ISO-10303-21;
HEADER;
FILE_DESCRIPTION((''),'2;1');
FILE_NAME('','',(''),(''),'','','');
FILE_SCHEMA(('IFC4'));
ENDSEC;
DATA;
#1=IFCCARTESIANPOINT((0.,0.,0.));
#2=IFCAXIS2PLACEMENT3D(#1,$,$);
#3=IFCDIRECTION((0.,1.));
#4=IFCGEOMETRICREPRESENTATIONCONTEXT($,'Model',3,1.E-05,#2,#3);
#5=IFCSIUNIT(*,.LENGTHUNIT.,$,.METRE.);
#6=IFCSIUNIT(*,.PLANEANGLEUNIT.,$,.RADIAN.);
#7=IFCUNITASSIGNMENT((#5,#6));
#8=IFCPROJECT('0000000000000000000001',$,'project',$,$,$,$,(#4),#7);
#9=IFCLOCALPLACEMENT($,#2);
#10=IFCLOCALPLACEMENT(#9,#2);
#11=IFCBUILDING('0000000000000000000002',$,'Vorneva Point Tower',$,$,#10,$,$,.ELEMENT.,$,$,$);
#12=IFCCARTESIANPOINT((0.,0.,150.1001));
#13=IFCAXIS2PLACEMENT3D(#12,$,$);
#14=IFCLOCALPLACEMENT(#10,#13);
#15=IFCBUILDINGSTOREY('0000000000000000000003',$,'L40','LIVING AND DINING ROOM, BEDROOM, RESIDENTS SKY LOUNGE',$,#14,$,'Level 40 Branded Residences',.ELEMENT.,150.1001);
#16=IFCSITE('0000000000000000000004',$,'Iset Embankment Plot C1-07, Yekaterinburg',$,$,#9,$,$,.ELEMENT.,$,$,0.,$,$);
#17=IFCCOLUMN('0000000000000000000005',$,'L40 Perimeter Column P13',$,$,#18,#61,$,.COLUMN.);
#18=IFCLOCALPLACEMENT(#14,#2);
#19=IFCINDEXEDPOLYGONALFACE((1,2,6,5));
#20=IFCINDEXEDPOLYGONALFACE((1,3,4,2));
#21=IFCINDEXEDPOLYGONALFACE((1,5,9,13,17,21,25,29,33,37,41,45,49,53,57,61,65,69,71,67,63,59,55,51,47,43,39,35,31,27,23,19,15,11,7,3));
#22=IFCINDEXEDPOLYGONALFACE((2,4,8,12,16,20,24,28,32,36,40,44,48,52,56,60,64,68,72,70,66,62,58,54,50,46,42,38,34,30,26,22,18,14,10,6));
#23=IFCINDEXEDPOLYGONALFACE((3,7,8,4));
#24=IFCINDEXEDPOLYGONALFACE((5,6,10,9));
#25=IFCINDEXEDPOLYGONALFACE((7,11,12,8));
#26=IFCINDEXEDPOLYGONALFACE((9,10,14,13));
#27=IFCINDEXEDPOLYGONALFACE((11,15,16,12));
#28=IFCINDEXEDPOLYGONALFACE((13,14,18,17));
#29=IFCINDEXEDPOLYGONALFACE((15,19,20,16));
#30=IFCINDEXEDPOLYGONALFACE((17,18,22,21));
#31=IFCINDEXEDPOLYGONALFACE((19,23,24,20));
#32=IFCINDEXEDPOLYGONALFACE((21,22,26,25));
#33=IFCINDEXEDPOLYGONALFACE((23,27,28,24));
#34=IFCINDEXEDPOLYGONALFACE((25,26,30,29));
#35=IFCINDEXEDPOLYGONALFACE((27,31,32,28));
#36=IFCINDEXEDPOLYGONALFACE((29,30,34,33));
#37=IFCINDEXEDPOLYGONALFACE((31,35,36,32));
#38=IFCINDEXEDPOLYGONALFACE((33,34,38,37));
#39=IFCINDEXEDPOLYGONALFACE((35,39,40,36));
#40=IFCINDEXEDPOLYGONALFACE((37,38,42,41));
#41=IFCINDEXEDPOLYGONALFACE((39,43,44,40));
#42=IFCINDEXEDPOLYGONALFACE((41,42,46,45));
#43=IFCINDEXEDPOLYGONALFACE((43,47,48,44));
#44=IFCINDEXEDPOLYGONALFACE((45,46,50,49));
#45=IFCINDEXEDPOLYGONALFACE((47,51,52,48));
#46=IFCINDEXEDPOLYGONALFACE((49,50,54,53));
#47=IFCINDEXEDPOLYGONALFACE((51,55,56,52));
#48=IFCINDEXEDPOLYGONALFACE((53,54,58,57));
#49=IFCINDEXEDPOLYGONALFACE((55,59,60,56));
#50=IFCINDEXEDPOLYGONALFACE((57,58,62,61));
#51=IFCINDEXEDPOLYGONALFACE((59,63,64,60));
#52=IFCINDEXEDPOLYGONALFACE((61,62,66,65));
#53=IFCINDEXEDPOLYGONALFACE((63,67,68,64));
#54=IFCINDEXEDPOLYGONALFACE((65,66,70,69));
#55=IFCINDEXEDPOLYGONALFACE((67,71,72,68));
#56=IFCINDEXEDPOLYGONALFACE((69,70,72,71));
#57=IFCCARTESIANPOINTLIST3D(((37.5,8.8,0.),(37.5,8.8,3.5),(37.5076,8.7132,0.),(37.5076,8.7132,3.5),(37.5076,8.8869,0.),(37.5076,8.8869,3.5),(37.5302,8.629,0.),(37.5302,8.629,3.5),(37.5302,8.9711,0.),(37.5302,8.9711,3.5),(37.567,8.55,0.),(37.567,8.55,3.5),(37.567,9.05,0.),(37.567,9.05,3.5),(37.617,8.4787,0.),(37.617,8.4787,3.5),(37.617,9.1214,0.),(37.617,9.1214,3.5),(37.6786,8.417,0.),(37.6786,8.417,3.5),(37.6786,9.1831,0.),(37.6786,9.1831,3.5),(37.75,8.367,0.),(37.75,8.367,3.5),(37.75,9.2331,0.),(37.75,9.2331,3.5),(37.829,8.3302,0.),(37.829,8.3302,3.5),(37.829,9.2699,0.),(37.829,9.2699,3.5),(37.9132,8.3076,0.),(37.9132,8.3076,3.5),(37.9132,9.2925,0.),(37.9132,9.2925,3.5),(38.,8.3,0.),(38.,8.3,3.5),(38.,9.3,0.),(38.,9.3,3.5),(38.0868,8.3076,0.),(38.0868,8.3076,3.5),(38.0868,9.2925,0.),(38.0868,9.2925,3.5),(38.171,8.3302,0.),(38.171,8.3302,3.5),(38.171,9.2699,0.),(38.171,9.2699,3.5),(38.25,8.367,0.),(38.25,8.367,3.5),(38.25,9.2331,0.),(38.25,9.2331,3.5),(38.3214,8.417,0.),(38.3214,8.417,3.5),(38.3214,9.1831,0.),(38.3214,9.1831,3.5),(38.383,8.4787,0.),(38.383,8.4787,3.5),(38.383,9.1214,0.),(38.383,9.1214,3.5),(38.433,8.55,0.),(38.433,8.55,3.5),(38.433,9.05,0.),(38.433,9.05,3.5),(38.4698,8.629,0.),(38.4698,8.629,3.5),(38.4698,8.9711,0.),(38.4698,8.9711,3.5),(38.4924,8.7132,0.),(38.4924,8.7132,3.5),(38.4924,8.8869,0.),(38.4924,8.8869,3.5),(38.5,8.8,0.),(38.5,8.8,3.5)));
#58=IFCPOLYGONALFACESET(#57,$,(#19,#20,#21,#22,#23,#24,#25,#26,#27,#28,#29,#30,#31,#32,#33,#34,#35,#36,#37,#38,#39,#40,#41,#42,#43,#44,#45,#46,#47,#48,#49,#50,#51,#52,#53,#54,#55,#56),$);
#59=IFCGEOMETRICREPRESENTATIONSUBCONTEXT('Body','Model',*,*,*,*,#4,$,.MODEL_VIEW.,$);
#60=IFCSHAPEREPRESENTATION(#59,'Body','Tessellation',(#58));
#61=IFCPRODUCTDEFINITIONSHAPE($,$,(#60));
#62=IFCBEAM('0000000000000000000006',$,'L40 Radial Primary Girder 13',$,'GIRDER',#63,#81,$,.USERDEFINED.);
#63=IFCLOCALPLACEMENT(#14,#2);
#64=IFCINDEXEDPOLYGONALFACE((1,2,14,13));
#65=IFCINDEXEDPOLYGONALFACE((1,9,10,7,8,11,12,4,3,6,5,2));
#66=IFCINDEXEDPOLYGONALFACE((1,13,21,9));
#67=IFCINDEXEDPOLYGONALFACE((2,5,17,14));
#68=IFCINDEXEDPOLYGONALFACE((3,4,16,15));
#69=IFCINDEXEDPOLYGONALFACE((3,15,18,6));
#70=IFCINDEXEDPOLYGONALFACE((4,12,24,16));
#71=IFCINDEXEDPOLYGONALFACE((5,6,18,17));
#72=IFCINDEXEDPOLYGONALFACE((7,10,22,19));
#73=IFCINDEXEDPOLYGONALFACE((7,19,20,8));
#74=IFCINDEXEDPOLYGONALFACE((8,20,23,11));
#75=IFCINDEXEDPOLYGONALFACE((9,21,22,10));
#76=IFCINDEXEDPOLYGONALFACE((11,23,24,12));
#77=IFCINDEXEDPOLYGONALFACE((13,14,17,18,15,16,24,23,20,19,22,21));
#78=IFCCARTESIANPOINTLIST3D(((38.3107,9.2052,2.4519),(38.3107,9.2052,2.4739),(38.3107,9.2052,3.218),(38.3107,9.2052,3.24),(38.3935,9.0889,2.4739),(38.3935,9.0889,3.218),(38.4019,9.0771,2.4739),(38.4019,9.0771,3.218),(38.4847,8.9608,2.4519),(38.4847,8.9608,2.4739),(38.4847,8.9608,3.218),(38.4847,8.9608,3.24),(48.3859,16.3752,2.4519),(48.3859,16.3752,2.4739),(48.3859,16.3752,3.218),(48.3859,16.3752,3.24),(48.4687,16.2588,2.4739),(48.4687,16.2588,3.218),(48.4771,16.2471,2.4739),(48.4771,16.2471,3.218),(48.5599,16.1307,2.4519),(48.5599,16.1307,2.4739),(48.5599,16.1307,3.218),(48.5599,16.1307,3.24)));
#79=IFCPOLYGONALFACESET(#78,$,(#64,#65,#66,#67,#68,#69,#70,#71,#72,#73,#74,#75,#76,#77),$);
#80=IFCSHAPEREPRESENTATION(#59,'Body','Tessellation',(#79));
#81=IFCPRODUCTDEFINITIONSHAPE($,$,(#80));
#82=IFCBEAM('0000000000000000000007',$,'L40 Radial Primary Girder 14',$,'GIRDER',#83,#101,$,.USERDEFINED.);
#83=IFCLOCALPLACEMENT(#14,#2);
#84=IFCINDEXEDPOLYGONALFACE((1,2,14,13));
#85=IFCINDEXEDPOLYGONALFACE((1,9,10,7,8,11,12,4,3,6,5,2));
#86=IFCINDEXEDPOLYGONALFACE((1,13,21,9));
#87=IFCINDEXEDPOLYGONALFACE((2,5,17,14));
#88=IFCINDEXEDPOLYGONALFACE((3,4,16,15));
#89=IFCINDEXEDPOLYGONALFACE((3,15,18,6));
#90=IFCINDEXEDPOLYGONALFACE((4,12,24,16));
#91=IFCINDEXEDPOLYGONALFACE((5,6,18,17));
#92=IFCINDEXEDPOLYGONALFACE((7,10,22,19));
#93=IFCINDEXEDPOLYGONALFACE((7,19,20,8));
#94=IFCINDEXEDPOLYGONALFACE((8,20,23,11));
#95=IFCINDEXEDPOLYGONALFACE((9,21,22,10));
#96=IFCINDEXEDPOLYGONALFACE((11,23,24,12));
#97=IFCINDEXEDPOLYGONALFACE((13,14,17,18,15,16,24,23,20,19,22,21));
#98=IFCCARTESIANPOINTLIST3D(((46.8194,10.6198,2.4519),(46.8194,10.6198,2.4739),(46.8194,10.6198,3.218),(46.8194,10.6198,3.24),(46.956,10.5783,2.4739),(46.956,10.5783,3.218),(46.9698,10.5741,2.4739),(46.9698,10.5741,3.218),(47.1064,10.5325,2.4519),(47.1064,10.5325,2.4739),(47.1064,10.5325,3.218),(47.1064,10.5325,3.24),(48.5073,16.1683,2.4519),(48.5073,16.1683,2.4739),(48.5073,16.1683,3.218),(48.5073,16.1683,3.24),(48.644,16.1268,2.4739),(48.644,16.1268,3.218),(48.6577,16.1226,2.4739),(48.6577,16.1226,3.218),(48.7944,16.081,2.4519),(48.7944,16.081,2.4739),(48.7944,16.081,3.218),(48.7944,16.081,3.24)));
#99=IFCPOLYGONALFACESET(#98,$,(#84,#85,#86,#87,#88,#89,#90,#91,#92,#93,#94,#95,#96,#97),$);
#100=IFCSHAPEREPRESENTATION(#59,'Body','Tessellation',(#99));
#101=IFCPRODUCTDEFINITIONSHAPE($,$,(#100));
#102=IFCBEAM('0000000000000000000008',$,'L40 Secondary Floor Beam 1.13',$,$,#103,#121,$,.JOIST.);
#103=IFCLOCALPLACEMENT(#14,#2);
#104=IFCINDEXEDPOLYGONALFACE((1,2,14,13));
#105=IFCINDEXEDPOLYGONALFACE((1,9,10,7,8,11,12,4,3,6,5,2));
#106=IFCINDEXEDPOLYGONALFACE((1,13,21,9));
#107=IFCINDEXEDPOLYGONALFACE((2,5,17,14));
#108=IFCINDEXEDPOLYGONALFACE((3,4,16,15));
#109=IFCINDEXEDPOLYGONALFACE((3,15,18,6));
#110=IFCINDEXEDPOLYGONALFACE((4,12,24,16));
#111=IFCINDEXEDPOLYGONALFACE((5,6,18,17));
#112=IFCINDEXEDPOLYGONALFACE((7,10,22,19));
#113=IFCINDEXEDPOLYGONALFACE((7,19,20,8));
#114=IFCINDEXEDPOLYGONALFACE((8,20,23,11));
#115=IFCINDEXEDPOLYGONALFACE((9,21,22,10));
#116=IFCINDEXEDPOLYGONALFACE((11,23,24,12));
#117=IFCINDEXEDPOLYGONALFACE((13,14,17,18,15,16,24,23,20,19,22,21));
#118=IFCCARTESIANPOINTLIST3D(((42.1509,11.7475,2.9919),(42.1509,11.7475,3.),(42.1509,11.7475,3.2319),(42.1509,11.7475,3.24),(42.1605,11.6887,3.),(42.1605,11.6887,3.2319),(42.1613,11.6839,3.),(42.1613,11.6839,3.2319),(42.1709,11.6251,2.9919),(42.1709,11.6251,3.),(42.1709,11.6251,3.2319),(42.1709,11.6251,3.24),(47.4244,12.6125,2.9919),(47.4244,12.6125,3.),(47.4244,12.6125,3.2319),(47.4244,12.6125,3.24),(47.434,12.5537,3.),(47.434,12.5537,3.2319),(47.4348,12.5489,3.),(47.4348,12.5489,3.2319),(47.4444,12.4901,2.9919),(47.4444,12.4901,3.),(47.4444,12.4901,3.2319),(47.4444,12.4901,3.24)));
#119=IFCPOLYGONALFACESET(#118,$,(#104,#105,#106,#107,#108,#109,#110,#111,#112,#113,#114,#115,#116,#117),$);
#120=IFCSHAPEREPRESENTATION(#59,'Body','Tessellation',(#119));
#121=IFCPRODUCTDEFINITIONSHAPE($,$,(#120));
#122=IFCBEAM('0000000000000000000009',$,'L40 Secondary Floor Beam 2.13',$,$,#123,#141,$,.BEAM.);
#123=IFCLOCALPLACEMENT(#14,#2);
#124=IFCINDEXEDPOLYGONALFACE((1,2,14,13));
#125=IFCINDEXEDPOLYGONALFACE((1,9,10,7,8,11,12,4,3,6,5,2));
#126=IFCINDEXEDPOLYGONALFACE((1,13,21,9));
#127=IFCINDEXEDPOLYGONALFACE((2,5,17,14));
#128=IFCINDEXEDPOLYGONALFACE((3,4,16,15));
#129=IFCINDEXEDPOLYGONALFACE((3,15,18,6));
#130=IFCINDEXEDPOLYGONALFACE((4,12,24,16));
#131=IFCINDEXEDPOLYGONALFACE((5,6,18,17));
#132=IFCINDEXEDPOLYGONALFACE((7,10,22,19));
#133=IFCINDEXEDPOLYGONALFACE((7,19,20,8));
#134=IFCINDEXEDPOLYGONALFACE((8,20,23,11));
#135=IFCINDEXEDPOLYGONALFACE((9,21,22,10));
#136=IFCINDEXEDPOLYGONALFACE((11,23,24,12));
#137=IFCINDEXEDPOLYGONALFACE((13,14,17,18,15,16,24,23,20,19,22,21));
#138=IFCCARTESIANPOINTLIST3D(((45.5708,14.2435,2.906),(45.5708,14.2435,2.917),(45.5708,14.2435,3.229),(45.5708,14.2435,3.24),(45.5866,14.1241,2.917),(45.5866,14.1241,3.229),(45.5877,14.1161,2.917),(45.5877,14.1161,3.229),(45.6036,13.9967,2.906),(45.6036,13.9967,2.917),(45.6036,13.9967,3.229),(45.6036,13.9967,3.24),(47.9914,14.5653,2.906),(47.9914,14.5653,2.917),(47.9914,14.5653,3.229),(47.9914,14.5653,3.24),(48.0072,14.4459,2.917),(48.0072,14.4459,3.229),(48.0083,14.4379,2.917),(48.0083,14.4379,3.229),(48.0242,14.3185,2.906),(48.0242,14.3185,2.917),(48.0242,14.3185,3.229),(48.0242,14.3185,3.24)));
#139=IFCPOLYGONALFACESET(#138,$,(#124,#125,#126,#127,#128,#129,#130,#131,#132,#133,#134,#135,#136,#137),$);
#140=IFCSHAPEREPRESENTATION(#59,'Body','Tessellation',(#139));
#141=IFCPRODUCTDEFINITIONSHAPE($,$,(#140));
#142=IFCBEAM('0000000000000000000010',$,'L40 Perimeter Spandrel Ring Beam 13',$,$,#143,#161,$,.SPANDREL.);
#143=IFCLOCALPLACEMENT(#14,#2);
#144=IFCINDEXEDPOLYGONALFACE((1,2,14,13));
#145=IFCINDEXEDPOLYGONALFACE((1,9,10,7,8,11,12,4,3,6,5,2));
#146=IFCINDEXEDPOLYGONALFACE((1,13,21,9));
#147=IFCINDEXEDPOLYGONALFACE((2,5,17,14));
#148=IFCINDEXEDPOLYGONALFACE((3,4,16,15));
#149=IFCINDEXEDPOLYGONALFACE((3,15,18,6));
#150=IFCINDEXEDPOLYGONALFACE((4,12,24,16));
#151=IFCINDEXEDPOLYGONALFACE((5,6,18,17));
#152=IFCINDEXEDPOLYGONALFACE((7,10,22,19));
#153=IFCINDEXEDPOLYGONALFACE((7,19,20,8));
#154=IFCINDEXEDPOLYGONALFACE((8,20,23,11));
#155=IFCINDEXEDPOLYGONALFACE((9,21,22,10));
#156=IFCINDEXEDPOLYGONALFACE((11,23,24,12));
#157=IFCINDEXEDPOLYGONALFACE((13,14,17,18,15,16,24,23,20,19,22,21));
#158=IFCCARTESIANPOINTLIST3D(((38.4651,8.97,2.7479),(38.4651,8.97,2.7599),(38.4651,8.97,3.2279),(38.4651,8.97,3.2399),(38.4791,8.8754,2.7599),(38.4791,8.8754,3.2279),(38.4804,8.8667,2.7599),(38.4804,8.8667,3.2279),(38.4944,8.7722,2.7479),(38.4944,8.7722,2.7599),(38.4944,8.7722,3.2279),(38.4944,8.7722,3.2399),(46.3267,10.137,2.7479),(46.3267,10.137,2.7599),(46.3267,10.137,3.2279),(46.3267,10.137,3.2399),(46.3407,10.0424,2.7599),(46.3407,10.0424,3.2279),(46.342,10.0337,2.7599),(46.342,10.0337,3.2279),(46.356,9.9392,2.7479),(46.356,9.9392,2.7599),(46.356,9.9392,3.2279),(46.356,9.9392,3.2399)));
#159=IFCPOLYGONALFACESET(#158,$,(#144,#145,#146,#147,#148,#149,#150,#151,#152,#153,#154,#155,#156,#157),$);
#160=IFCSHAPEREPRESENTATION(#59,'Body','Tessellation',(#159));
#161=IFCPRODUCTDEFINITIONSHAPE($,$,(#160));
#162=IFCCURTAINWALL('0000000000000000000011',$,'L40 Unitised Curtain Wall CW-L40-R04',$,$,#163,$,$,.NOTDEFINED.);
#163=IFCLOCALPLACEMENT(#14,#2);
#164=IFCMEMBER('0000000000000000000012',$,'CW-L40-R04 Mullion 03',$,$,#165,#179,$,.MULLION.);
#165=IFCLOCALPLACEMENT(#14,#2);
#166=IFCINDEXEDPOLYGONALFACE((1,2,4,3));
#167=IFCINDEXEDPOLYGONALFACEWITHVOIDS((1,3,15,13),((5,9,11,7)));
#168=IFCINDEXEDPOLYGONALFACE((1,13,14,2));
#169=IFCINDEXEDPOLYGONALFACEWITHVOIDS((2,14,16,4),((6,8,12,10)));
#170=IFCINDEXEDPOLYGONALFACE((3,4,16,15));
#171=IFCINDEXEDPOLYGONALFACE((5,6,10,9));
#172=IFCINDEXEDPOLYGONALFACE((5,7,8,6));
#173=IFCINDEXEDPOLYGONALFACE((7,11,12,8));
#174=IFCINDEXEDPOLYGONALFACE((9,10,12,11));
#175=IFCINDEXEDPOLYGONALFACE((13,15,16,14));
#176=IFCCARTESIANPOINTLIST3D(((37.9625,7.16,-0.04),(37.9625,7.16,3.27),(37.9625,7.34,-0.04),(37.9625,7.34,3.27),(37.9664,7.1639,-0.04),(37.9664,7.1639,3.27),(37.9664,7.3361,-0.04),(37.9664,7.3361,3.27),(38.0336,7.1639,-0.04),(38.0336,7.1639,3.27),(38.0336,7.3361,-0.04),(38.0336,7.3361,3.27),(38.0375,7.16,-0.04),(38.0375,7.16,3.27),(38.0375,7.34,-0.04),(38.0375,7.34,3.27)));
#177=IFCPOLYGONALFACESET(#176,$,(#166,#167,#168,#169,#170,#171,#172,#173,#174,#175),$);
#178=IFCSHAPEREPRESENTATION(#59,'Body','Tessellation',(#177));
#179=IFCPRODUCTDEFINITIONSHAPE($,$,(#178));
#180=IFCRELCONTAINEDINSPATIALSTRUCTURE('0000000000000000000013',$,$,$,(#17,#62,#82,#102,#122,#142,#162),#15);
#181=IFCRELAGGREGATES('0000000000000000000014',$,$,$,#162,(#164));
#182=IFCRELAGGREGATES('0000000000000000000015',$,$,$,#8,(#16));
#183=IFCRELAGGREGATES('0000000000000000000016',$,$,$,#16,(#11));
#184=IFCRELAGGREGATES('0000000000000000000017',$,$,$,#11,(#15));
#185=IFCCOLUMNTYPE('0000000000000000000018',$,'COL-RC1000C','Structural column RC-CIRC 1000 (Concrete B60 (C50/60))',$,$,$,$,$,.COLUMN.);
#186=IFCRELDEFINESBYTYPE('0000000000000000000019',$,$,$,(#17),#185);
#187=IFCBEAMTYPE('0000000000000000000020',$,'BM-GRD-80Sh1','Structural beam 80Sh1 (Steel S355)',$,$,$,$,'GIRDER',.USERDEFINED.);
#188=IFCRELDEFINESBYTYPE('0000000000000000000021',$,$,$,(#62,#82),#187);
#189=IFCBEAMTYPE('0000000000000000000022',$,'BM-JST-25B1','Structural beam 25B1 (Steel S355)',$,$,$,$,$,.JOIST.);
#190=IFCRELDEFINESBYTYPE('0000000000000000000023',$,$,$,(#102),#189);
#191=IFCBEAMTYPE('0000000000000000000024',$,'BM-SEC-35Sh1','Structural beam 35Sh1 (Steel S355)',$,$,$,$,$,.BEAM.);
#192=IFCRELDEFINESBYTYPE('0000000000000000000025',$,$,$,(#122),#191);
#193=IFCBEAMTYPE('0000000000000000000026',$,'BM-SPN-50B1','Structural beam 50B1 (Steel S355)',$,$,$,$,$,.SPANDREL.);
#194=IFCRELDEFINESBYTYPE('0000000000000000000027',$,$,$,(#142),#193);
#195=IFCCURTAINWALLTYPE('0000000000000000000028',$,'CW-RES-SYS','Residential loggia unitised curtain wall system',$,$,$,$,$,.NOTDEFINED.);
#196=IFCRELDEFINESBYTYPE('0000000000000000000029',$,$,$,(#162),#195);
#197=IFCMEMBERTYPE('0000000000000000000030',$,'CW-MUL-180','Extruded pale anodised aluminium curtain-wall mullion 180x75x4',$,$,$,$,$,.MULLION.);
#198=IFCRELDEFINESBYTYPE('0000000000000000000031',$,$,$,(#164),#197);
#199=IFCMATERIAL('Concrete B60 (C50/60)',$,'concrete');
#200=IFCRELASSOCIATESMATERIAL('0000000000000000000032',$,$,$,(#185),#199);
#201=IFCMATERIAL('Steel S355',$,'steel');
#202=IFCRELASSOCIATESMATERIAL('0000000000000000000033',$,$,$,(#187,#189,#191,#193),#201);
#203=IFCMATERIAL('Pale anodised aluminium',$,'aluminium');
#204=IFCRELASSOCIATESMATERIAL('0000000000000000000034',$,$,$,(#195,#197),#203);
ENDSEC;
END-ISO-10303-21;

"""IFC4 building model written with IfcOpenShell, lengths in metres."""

from ifc_helpers import new_model, si_unit, direction, frame, origin, origin_2d, place, context, subcontext, project, spatial, hollow_rectangle, circle, i_section, extrude, material, material_profile, profile_set, type_object, element, aggregate, save


model = new_model("IFC4")

# Units and contexts
model_context = context("Model", 3, precision=1e-05, world=origin(), true_north=direction((0.0, 1.0)))
body_context = subcontext(model_context, "Body", "Model", "MODEL_VIEW")
ifc_project = project(units=[si_unit("LENGTHUNIT", "METRE"), si_unit("PLANEANGLEUNIT", "RADIAN")], contexts=[model_context])

# Site, building, storey
site_placement = place(None, origin())
site = spatial("IfcSite", under=ifc_project, at=site_placement, Name="Iset Embankment Plot C1-07, Yekaterinburg", CompositionType="ELEMENT", RefElevation=0.0)
building_placement = place(site_placement, origin())
building = spatial("IfcBuilding", under=site, at=building_placement, Name="Vorneva Point Tower", CompositionType="ELEMENT")
storey_placement = place(building_placement, frame((0.0, 0.0, 150.1001)))
storey = spatial("IfcBuildingStorey", under=building, at=storey_placement, Name="L40", Description="LIVING AND DINING ROOM, BEDROOM, RESIDENTS SKY LOUNGE", LongName="Level 40 Branded Residences", CompositionType="ELEMENT", Elevation=150.1001)

# Column
ifc_material_1 = material(Name="Concrete B60 (C50/60)", Category="concrete")
ifc_material_profile_1 = material_profile(ifc_material_1, circle(Radius=0.5, at=origin_2d()), Name="RC-CIRC 1000")
ifc_profile_set_1 = profile_set([ifc_material_profile_1], Name="Concrete B60 (C50/60)")
column_type = type_object("IfcColumnType", Name="COL-RC1000C", Description="Structural column RC-CIRC 1000 (Concrete B60 (C50/60))", PredefinedType="COLUMN", material=ifc_profile_set_1)
for number, where, z_axis, x_axis, name in (
    (1, (38.0, 8.8, 0.0), (0.0, 0.0, 1.0), (0.0, -1.0, 0.0), "L40 Perimeter Column P13"),
):
    element("IfcColumn", number, at=place(storey_placement, frame(where, z_axis=z_axis, x_axis=x_axis)), inside=storey, type_object=column_type, Name=name, PredefinedType="COLUMN", context=body_context, shape_type="SweptSolid", body=[
        extrude(circle(Radius=0.5, at=origin_2d()), origin(), (0.0, 0.0, 1.0), 3.5),
    ])

# Beams
ifc_material_2 = material(Name="Steel S355", Category="steel")
ifc_material_profile_2 = material_profile(ifc_material_2, i_section(OverallWidth=0.3, OverallDepth=0.7881, WebThickness=0.0144, FlangeThickness=0.022, at=origin_2d()), Name="80Sh1")
ifc_profile_set_2 = profile_set([ifc_material_profile_2], Name="Steel S355")
beam_type_1 = type_object("IfcBeamType", Name="BM-GRD-80Sh1", Description="Structural beam 80Sh1 (Steel S355)", ElementType="GIRDER", PredefinedType="USERDEFINED", material=ifc_profile_set_2)
beam_1_placement = place(storey_placement, frame((38.3977, 9.083, 2.8459), z_axis=(0.814751, 0.57981, 0.0), x_axis=(-0.57981, 0.814751, 0.0)))
element("IfcBeam", 2, at=beam_1_placement, inside=storey, type_object=beam_type_1, Name="L40 Radial Primary Girder 13", ObjectType="GIRDER", PredefinedType="USERDEFINED", context=body_context, shape_type="SweptSolid", body=[
    extrude(i_section(OverallWidth=0.3, OverallDepth=0.7881, WebThickness=0.0144, FlangeThickness=0.022, at=origin_2d()), origin(), (0.0, 0.0, 1.0), 12.366),
])
beam_2_placement = place(storey_placement, frame((46.9629, 10.5762, 2.8459), z_axis=(0.291049, 0.956708, 0.0), x_axis=(-0.956708, 0.291049, 0.0)))
element("IfcBeam", 3, at=beam_2_placement, inside=storey, type_object=beam_type_1, Name="L40 Radial Primary Girder 14", ObjectType="GIRDER", PredefinedType="USERDEFINED", context=body_context, shape_type="SweptSolid", body=[
    extrude(i_section(OverallWidth=0.3, OverallDepth=0.7881, WebThickness=0.0144, FlangeThickness=0.022, at=origin_2d()), origin(), (0.0, 0.0, 1.0), 5.7996),
])
ifc_material_profile_3 = material_profile(ifc_material_2, i_section(OverallWidth=0.124, OverallDepth=0.248, WebThickness=0.0049, FlangeThickness=0.0081, at=origin_2d()), Name="25B1")
ifc_profile_set_3 = profile_set([ifc_material_profile_3], Name="Steel S355")
beam_type_2 = type_object("IfcBeamType", Name="BM-JST-25B1", Description="Structural beam 25B1 (Steel S355)", PredefinedType="JOIST", material=ifc_profile_set_3)
beam_3_placement = place(storey_placement, frame((42.1609, 11.6863, 3.116), z_axis=(0.986813, 0.161865, 0.0), x_axis=(-0.161865, 0.986813, 0.0)))
element("IfcBeam", 4, at=beam_3_placement, inside=storey, type_object=beam_type_2, Name="L40 Secondary Floor Beam 1.13", PredefinedType="JOIST", context=body_context, shape_type="SweptSolid", body=[
    extrude(i_section(OverallWidth=0.124, OverallDepth=0.248, WebThickness=0.0049, FlangeThickness=0.0081, at=origin_2d()), origin(), (0.0, 0.0, 1.0), 5.344),
])
ifc_material_profile_4 = material_profile(ifc_material_2, i_section(OverallWidth=0.249, OverallDepth=0.334, WebThickness=0.0081, FlangeThickness=0.011, at=origin_2d()), Name="35Sh1")
ifc_profile_set_4 = profile_set([ifc_material_profile_4], Name="Steel S355")
beam_type_3 = type_object("IfcBeamType", Name="BM-SEC-35Sh1", Description="Structural beam 35Sh1 (Steel S355)", PredefinedType="BEAM", material=ifc_profile_set_4)
beam_4_placement = place(storey_placement, frame((45.5872, 14.1201, 3.073), z_axis=(0.99128, 0.131771, 0.0), x_axis=(-0.131771, 0.99128, 0.0)))
element("IfcBeam", 5, at=beam_4_placement, inside=storey, type_object=beam_type_3, Name="L40 Secondary Floor Beam 2.13", PredefinedType="BEAM", context=body_context, shape_type="SweptSolid", body=[
    extrude(i_section(OverallWidth=0.249, OverallDepth=0.334, WebThickness=0.0081, FlangeThickness=0.011, at=origin_2d()), origin(), (0.0, 0.0, 1.0), 2.4419),
])
ifc_material_profile_5 = material_profile(ifc_material_2, i_section(OverallWidth=0.2, OverallDepth=0.4919, WebThickness=0.0088, FlangeThickness=0.012, at=origin_2d()), Name="50B1")
ifc_profile_set_5 = profile_set([ifc_material_profile_5], Name="Steel S355")
beam_type_4 = type_object("IfcBeamType", Name="BM-SPN-50B1", Description="Structural beam 50B1 (Steel S355)", PredefinedType="SPANDREL", material=ifc_profile_set_5)
beam_5_placement = place(storey_placement, frame((38.4797, 8.8711, 2.9939), z_axis=(0.989161, 0.146834, 0.0), x_axis=(-0.146834, 0.989161, 0.0)))
element("IfcBeam", 6, at=beam_5_placement, inside=storey, type_object=beam_type_4, Name="L40 Perimeter Spandrel Ring Beam 13", PredefinedType="SPANDREL", context=body_context, shape_type="SweptSolid", body=[
    extrude(i_section(OverallWidth=0.2, OverallDepth=0.4919, WebThickness=0.0088, FlangeThickness=0.012, at=origin_2d()), origin(), (0.0, 0.0, 1.0), 7.9478),
])

# Curtain wall, member
ifc_material_3 = material(Name="Pale anodised aluminium", Category="aluminium")
curtain_wall_type = type_object("IfcCurtainWallType", Name="CW-RES-SYS", Description="Residential loggia unitised curtain wall system", PredefinedType="NOTDEFINED", material=ifc_material_3)
curtain_wall_placement = place(storey_placement, origin())
curtain_wall = element("IfcCurtainWall", 7, at=curtain_wall_placement, inside=storey, type_object=curtain_wall_type, Name="L40 Unitised Curtain Wall CW-L40-R04", PredefinedType="NOTDEFINED")
ifc_material_profile_6 = material_profile(ifc_material_3, hollow_rectangle(XDim=0.075, YDim=0.1799, WallThickness=0.0039, at=origin_2d()), Name="AL-MUL 180x75x4")
ifc_profile_set_6 = profile_set([ifc_material_profile_6], Name="Pale anodised aluminium")
member_type_1 = type_object("IfcMemberType", Name="CW-MUL-180", Description="Extruded pale anodised aluminium curtain-wall mullion 180x75x4", PredefinedType="MULLION", material=ifc_profile_set_6)
member_1_placement = place(storey_placement, frame((38.0, 7.25, -0.04), z_axis=(0.0, 0.0, 1.0), x_axis=(1.0, 0.0, 0.0)))
member_1 = element("IfcMember", 8, at=member_1_placement, type_object=member_type_1, Name="CW-L40-R04 Mullion 03", PredefinedType="MULLION", context=body_context, shape_type="SweptSolid", body=[
    extrude(hollow_rectangle(XDim=0.075, YDim=0.1799, WallThickness=0.0039, at=origin_2d()), origin(), (0.0, 0.0, 1.0), 3.3101),
])
aggregate(curtain_wall, [member_1])

save(model, "model.ifc")
